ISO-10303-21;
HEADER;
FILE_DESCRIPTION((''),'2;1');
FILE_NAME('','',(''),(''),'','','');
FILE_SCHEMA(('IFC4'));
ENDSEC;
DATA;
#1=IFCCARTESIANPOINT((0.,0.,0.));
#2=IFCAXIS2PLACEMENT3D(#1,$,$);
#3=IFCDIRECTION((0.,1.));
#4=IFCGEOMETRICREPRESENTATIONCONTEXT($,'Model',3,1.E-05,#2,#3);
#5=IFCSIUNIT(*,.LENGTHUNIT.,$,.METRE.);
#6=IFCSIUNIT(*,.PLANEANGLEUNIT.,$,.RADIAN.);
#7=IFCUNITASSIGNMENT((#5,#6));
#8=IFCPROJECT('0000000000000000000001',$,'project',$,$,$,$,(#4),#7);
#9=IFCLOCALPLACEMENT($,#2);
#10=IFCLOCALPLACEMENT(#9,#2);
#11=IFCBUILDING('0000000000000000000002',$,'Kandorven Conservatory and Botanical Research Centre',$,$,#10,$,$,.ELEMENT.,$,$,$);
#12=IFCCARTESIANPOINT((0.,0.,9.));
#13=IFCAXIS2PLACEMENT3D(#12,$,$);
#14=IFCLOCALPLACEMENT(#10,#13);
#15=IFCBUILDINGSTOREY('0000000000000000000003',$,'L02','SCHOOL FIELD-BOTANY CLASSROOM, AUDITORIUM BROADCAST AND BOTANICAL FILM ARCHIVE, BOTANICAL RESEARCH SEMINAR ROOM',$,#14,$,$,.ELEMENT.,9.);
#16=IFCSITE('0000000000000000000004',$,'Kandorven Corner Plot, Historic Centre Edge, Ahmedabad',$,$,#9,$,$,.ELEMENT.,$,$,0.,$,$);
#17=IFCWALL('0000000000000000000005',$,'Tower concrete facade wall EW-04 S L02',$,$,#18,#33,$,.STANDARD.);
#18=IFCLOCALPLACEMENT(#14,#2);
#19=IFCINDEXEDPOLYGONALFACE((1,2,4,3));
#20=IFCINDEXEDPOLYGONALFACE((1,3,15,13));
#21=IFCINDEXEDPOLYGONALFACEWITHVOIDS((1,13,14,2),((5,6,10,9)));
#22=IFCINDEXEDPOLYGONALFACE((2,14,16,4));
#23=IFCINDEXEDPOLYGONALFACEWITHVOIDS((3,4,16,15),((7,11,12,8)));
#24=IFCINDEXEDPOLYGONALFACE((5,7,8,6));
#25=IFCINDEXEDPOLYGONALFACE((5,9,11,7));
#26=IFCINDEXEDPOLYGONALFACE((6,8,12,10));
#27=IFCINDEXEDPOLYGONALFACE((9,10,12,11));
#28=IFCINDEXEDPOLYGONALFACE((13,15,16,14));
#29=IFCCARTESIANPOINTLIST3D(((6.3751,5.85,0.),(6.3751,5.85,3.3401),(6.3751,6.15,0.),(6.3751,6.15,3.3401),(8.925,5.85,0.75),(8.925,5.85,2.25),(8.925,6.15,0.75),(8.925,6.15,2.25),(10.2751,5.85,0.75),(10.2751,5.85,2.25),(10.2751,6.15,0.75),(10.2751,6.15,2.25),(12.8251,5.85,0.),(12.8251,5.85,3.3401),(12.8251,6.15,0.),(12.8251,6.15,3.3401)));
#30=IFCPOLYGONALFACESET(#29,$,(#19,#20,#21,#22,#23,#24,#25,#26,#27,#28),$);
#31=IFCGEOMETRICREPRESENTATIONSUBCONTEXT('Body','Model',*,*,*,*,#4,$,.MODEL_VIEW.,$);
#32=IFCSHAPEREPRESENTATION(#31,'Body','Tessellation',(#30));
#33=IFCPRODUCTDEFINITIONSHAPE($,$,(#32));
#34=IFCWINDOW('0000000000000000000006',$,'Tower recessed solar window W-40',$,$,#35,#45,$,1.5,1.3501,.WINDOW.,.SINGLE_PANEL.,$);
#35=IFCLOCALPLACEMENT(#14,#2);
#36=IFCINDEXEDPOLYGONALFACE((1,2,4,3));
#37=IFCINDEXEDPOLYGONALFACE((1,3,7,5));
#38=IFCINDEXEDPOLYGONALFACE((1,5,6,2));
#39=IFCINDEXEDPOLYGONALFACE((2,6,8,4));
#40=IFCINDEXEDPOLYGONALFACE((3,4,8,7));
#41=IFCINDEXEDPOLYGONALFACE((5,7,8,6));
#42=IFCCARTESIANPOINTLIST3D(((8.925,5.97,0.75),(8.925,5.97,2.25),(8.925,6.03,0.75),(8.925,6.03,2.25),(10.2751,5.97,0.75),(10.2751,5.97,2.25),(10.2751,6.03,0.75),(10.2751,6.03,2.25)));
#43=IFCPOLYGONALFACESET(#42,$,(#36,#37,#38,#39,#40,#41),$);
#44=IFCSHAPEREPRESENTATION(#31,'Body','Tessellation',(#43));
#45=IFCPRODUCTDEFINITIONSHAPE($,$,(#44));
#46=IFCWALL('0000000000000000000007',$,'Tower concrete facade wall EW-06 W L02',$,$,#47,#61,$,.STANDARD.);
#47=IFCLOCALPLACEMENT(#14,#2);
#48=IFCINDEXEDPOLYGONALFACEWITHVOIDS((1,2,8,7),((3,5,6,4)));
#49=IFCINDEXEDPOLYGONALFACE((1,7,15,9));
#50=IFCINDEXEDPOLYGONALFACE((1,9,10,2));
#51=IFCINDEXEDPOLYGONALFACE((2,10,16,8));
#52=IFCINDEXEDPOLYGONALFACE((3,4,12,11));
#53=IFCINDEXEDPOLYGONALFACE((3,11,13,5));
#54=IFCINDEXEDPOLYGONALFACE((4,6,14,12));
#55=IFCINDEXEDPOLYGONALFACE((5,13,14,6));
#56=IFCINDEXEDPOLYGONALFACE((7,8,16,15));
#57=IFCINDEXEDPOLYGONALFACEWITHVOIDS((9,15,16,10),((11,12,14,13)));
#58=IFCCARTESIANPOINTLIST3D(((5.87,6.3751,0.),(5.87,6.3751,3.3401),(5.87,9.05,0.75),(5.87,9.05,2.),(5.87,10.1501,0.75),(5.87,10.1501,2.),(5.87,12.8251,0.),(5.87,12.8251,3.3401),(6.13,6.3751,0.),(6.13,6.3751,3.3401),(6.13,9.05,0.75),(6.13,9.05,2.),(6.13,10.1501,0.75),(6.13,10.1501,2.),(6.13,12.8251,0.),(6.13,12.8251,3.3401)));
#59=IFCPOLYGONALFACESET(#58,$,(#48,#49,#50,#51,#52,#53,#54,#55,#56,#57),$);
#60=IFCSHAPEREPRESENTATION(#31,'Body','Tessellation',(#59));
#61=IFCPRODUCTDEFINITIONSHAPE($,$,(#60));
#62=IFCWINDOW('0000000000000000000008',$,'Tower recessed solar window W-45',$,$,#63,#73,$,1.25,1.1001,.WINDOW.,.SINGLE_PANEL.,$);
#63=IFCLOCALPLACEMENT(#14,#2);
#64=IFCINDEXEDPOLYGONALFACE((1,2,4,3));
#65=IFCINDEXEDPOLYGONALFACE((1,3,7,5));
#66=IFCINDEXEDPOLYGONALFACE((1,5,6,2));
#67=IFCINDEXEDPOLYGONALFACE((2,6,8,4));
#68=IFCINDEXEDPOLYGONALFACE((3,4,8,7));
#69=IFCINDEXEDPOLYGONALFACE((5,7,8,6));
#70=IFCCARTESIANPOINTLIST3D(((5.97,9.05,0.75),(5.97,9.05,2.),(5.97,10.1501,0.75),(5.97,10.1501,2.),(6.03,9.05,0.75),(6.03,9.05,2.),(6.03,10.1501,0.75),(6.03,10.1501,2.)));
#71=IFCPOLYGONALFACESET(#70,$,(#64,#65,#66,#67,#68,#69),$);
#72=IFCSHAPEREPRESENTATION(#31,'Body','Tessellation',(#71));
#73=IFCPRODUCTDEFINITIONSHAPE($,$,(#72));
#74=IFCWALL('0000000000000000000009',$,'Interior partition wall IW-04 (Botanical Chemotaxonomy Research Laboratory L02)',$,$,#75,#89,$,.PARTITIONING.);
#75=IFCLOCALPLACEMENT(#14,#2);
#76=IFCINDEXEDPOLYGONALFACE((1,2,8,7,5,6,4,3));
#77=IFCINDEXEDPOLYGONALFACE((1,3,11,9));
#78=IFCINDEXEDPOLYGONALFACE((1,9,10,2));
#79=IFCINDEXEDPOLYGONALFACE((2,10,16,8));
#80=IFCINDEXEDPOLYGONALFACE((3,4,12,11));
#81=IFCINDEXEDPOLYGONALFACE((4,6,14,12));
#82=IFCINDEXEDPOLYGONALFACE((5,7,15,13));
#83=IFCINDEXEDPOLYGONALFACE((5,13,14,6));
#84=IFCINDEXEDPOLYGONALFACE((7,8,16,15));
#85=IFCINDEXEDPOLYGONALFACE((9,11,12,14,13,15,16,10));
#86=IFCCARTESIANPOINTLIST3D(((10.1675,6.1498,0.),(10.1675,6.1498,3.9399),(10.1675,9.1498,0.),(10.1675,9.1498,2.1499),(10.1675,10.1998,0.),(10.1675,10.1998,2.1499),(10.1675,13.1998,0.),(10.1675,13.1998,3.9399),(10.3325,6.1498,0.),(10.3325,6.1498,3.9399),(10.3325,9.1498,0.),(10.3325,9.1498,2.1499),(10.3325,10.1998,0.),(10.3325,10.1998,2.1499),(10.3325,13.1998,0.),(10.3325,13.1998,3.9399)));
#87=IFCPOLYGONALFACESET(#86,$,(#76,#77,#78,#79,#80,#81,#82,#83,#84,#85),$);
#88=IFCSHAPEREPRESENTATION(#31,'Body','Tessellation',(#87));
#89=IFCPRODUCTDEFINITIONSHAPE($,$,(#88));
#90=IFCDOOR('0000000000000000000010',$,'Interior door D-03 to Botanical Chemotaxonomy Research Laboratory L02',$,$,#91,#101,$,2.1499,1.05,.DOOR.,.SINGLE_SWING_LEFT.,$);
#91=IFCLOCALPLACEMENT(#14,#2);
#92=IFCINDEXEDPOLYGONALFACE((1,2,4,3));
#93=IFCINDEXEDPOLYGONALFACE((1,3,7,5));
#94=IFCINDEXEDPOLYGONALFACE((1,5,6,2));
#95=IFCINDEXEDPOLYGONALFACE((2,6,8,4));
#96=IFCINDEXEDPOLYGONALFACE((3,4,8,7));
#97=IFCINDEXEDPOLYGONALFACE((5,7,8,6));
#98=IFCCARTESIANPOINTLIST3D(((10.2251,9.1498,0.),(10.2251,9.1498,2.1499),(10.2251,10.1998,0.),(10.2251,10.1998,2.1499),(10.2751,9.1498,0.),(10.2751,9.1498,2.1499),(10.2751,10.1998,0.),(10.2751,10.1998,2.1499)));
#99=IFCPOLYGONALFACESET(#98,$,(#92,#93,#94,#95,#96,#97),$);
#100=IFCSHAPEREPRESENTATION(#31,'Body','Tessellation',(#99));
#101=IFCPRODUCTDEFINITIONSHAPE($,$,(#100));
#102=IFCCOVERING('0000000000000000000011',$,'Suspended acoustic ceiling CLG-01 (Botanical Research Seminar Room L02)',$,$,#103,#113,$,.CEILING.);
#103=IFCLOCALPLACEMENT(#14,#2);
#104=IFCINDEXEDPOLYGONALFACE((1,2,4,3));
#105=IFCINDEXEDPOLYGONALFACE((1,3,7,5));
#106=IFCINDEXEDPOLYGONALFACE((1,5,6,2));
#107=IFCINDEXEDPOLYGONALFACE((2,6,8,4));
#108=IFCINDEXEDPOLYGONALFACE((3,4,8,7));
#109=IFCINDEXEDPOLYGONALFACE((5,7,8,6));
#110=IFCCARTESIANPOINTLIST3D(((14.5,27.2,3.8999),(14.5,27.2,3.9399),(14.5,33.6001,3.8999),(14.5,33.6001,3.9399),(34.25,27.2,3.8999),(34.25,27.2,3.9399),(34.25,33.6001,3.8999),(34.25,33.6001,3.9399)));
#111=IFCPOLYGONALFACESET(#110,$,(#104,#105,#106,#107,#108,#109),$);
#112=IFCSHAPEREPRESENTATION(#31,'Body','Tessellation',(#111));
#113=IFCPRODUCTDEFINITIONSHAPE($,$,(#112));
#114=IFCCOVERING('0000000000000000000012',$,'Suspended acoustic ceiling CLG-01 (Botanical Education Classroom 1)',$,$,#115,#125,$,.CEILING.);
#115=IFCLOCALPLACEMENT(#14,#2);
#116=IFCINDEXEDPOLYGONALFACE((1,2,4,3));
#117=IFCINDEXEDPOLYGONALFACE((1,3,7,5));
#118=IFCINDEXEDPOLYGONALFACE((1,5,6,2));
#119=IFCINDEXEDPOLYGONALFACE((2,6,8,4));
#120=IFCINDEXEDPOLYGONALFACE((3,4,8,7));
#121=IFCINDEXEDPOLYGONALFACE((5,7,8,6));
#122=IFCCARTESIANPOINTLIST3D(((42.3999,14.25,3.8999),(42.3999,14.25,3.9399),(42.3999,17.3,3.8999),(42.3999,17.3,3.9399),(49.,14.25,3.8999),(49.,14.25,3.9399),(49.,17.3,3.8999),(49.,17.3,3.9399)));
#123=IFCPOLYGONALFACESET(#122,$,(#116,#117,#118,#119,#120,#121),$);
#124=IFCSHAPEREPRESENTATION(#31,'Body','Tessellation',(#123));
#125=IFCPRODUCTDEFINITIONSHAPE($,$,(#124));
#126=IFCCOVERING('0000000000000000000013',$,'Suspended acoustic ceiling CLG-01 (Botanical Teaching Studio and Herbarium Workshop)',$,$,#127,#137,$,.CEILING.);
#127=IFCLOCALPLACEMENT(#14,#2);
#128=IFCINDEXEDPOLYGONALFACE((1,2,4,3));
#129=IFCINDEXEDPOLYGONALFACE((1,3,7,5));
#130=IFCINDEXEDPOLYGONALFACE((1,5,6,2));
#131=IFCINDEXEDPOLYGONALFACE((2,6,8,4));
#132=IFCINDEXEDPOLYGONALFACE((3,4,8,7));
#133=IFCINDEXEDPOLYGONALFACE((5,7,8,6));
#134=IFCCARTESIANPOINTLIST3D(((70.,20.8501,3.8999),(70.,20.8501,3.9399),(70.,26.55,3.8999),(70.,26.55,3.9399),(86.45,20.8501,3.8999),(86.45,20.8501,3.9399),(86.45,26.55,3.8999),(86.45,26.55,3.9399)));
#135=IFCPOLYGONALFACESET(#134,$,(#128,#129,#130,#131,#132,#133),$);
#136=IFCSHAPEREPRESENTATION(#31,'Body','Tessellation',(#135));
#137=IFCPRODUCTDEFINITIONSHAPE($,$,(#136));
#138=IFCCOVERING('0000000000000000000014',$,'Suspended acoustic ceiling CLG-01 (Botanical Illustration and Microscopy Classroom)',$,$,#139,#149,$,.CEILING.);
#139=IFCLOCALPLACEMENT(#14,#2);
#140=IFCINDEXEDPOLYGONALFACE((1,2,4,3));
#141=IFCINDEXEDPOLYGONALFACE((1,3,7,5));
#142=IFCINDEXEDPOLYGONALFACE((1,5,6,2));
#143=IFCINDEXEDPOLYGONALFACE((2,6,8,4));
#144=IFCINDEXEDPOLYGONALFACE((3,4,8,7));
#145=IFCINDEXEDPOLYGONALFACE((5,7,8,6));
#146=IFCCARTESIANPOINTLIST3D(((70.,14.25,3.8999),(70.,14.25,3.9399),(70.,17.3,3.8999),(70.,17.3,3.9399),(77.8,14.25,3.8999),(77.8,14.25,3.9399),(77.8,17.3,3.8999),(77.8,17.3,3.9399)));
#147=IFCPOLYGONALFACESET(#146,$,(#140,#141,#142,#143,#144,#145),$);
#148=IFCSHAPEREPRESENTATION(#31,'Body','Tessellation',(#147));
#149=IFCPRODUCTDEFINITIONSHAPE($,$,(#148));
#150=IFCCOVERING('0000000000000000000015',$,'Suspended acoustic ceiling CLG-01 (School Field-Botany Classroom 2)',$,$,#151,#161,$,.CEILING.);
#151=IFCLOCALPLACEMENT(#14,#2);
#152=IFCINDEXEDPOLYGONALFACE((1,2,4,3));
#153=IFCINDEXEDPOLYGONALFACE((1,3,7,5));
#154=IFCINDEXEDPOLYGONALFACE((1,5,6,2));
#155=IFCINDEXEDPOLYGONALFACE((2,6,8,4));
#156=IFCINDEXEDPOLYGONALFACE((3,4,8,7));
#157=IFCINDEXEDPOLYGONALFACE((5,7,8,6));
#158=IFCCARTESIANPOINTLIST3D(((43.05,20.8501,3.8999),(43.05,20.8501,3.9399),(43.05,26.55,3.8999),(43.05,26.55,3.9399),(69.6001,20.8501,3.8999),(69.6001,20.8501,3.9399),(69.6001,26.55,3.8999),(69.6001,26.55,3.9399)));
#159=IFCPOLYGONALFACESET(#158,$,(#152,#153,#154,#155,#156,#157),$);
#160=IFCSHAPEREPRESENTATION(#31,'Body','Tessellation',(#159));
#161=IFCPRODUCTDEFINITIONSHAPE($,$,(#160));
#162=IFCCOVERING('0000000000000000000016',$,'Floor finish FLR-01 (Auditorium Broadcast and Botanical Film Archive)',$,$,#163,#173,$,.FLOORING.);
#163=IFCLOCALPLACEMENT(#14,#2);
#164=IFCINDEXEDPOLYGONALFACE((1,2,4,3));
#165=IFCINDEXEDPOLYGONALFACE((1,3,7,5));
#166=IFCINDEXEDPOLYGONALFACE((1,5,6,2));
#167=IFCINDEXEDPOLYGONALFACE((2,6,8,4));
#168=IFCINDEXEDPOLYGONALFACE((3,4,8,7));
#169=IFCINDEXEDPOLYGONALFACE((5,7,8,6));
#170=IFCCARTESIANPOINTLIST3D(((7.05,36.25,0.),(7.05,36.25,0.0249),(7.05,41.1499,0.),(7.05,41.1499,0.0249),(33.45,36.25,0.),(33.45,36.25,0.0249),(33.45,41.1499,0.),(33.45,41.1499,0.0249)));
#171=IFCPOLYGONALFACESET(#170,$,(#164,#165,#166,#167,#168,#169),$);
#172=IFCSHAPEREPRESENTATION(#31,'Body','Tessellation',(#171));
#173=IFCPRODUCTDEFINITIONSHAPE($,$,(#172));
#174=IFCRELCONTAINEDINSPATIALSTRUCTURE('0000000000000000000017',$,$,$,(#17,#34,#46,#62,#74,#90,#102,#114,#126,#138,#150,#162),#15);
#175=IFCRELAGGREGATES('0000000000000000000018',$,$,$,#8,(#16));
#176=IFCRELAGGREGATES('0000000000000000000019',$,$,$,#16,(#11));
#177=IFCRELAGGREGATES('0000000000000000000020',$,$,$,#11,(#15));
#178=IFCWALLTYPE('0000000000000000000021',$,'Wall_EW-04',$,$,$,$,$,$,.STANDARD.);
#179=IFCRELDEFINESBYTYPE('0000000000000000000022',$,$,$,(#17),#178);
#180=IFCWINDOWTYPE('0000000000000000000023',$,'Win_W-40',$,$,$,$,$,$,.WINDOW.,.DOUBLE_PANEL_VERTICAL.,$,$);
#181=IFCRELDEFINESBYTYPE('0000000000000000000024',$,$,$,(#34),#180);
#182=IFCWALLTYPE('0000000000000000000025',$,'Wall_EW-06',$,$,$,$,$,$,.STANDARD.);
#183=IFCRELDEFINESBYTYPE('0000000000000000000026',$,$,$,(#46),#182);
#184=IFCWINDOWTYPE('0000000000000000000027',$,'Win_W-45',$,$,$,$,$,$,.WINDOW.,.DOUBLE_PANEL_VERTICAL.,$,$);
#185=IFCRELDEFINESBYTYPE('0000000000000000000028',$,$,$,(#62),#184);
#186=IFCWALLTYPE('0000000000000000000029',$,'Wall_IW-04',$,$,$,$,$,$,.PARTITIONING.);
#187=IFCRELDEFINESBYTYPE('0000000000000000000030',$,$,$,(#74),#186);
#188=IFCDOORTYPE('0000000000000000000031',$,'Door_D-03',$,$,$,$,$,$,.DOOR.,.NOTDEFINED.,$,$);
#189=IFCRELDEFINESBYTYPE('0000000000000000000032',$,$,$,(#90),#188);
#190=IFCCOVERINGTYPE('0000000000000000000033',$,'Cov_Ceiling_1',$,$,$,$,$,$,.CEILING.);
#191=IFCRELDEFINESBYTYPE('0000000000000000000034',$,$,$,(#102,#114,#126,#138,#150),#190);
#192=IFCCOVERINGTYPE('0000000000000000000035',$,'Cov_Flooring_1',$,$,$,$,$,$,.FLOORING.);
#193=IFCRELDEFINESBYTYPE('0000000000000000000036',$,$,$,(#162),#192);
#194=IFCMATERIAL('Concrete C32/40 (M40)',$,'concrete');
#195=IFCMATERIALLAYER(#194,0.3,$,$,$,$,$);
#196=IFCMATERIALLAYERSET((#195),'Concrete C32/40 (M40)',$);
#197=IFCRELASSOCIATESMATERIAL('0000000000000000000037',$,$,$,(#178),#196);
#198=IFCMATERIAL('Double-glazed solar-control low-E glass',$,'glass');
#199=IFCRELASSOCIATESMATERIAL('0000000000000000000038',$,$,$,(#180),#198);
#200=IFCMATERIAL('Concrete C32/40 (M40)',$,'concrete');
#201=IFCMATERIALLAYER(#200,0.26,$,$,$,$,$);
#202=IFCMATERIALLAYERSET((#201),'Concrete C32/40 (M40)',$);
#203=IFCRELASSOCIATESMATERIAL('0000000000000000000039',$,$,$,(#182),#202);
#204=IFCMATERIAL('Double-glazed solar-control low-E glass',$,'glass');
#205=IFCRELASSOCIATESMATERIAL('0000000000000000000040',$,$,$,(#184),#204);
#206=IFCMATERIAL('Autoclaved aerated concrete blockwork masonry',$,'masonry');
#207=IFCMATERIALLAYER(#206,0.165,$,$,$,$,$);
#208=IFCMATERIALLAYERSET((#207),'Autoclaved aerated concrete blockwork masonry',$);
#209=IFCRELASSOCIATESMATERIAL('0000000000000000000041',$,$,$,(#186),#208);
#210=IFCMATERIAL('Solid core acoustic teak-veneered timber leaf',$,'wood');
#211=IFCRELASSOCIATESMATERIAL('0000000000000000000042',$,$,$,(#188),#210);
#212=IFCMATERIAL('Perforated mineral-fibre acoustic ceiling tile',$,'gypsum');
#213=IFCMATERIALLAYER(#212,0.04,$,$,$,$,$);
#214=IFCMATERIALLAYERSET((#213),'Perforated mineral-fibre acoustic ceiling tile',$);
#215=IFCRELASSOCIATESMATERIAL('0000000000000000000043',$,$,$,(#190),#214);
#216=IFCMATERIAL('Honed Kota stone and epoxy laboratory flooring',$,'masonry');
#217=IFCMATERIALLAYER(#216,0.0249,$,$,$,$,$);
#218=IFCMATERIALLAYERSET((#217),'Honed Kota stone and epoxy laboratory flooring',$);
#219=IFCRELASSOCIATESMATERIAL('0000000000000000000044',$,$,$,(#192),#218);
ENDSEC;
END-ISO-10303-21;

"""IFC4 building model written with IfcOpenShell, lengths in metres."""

from ifc_helpers import new_model, si_unit, direction, frame, frame_2d, origin, place, context, subcontext, project, spatial, polyline, rectangle, outline, extrude, material, layer, layer_set, type_object, element, fill, save


model = new_model("IFC4")

# Units and contexts
model_context = context("Model", 3, precision=1e-05, world=origin(), true_north=direction((0.0, 1.0)))
body_context = subcontext(model_context, "Body", "Model", "MODEL_VIEW")
ifc_project = project(units=[si_unit("LENGTHUNIT", "METRE"), si_unit("PLANEANGLEUNIT", "RADIAN")], contexts=[model_context])

# Site, building, storey
site_placement = place(None, origin())
site = spatial("IfcSite", under=ifc_project, at=site_placement, Name="Kandorven Corner Plot, Historic Centre Edge, Ahmedabad", CompositionType="ELEMENT", RefElevation=0.0)
building_placement = place(site_placement, origin())
building = spatial("IfcBuilding", under=site, at=building_placement, Name="Kandorven Conservatory and Botanical Research Centre", CompositionType="ELEMENT")
storey_placement = place(building_placement, frame((0.0, 0.0, 9.0)))
storey = spatial("IfcBuildingStorey", under=building, at=storey_placement, Name="L02", Description="SCHOOL FIELD-BOTANY CLASSROOM, AUDITORIUM BROADCAST AND BOTANICAL FILM ARCHIVE, BOTANICAL RESEARCH SEMINAR ROOM", CompositionType="ELEMENT", Elevation=9.0)

# Walls, openings, windows
ifc_material_1 = material(Name="Concrete C32/40 (M40)", Category="concrete")
ifc_layer_1 = layer(ifc_material_1, 0.3)
ifc_layer_set_1 = layer_set([ifc_layer_1], Name="Concrete C32/40 (M40)")
wall_type_1 = type_object("IfcWallType", Name="Wall_EW-04", PredefinedType="STANDARD", material=ifc_layer_set_1)
wall_1_placement = place(storey_placement, frame((6.375, 6.0, 0.0), z_axis=(0.0, 0.0, 1.0), x_axis=(1.0, 0.0, 0.0)))
wall_1 = element("IfcWall", 1, at=wall_1_placement, inside=storey, type_object=wall_type_1, Name="Tower concrete facade wall EW-04 S L02", PredefinedType="STANDARD", context=body_context, shape_type="SweptSolid", body=[
    extrude(rectangle(XDim=6.45, YDim=0.3, at=frame_2d((3.2251, 0.0))), origin(), (0.0, 0.0, 1.0), 3.3401),
])
opening_1_placement = place(wall_1_placement, frame((2.55, 0.0, 0.75)))
opening_1 = element("IfcOpeningElement", 2, at=opening_1_placement, cuts=wall_1, PredefinedType="OPENING", context=body_context, shape_type="SweptSolid", body=[
    extrude(rectangle(XDim=1.3501, YDim=1.5, at=frame_2d((0.675, 0.75))), frame((0.0, 0.1599, 0.0), z_axis=(0.0, -1.0, 0.0), x_axis=(1.0, 0.0, 0.0)), (0.0, 0.0, 1.0), 0.3201),
])
ifc_material_2 = material(Name="Double-glazed solar-control low-E glass", Category="glass")
window_type_1 = type_object("IfcWindowType", Name="Win_W-40", PartitioningType="DOUBLE_PANEL_VERTICAL", PredefinedType="WINDOW", material=ifc_material_2)
window_1_placement = place(opening_1_placement, origin())
window_1 = element("IfcWindow", 3, at=window_1_placement, inside=storey, type_object=window_type_1, Name="Tower recessed solar window W-40", OverallHeight=1.5, OverallWidth=1.3501, PartitioningType="SINGLE_PANEL", PredefinedType="WINDOW", context=body_context, shape_type="SweptSolid", body=[
    extrude(rectangle(XDim=1.3501, YDim=1.5, at=frame_2d((0.675, 0.75))), frame((0.0, 0.03, 0.0), z_axis=(0.0, -1.0, 0.0), x_axis=(1.0, 0.0, 0.0)), (0.0, 0.0, 1.0), 0.0601),
])
fill(opening_1, window_1)
ifc_material_3 = material(Name="Concrete C32/40 (M40)", Category="concrete")
ifc_layer_2 = layer(ifc_material_3, 0.26)
ifc_layer_set_2 = layer_set([ifc_layer_2], Name="Concrete C32/40 (M40)")
wall_type_2 = type_object("IfcWallType", Name="Wall_EW-06", PredefinedType="STANDARD", material=ifc_layer_set_2)
wall_2_placement = place(storey_placement, frame((6.0, 6.375, 0.0), z_axis=(0.0, 0.0, 1.0), x_axis=(0.0, 1.0, 0.0)))
wall_2 = element("IfcWall", 4, at=wall_2_placement, inside=storey, type_object=wall_type_2, Name="Tower concrete facade wall EW-06 W L02", PredefinedType="STANDARD", context=body_context, shape_type="SweptSolid", body=[
    extrude(rectangle(XDim=6.45, YDim=0.26, at=frame_2d((3.2251, 0.0))), origin(), (0.0, 0.0, 1.0), 3.3401),
])
opening_2_placement = place(wall_2_placement, frame((2.675, 0.0, 0.75)))
opening_2 = element("IfcOpeningElement", 5, at=opening_2_placement, cuts=wall_2, PredefinedType="OPENING", context=body_context, shape_type="SweptSolid", body=[
    extrude(rectangle(XDim=1.1001, YDim=1.25, at=frame_2d((0.55, 0.625))), frame((0.0, 0.1399, 0.0), z_axis=(0.0, -1.0, 0.0), x_axis=(1.0, 0.0, 0.0)), (0.0, 0.0, 1.0), 0.28),
])
ifc_material_4 = material(Name="Double-glazed solar-control low-E glass", Category="glass")
window_type_2 = type_object("IfcWindowType", Name="Win_W-45", PartitioningType="DOUBLE_PANEL_VERTICAL", PredefinedType="WINDOW", material=ifc_material_4)
window_2_placement = place(opening_2_placement, origin())
window_2 = element("IfcWindow", 6, at=window_2_placement, inside=storey, type_object=window_type_2, Name="Tower recessed solar window W-45", OverallHeight=1.25, OverallWidth=1.1001, PartitioningType="SINGLE_PANEL", PredefinedType="WINDOW", context=body_context, shape_type="SweptSolid", body=[
    extrude(rectangle(XDim=1.1001, YDim=1.25, at=frame_2d((0.55, 0.625))), frame((0.0, 0.03, 0.0), z_axis=(0.0, -1.0, 0.0), x_axis=(1.0, 0.0, 0.0)), (0.0, 0.0, 1.0), 0.0601),
])
fill(opening_2, window_2)

# Wall, opening, door
ifc_material_5 = material(Name="Autoclaved aerated concrete blockwork masonry", Category="masonry")
ifc_layer_3 = layer(ifc_material_5, 0.165)
ifc_layer_set_3 = layer_set([ifc_layer_3], Name="Autoclaved aerated concrete blockwork masonry")
wall_type_3 = type_object("IfcWallType", Name="Wall_IW-04", PredefinedType="PARTITIONING", material=ifc_layer_set_3)
wall_3_placement = place(storey_placement, frame((10.25, 6.1499, 0.0), z_axis=(0.0, 0.0, 1.0), x_axis=(0.0, 1.0, 0.0)))
wall_3 = element("IfcWall", 7, at=wall_3_placement, inside=storey, type_object=wall_type_3, Name="Interior partition wall IW-04 (Botanical Chemotaxonomy Research Laboratory L02)", PredefinedType="PARTITIONING", context=body_context, shape_type="SweptSolid", body=[
    extrude(rectangle(XDim=7.05, YDim=0.165, at=frame_2d((3.5249, 0.0))), origin(), (0.0, 0.0, 1.0), 3.9399),
])
opening_3_placement = place(wall_3_placement, frame((3.0, 0.0, 0.0)))
opening_3 = element("IfcOpeningElement", 8, at=opening_3_placement, cuts=wall_3, PredefinedType="OPENING", context=body_context, shape_type="SweptSolid", body=[
    extrude(rectangle(XDim=1.05, YDim=2.1499, at=frame_2d((0.5249, 1.075))), frame((0.0, 0.0925, 0.0), z_axis=(0.0, -1.0, 0.0), x_axis=(1.0, 0.0, 0.0)), (0.0, 0.0, 1.0), 0.1851),
])
ifc_material_6 = material(Name="Solid core acoustic teak-veneered timber leaf", Category="wood")
door_type = type_object("IfcDoorType", Name="Door_D-03", OperationType="NOTDEFINED", PredefinedType="DOOR", material=ifc_material_6)
door_placement = place(opening_3_placement, origin())
door = element("IfcDoor", 9, at=door_placement, inside=storey, type_object=door_type, Name="Interior door D-03 to Botanical Chemotaxonomy Research Laboratory L02", OperationType="SINGLE_SWING_LEFT", OverallHeight=2.1499, OverallWidth=1.05, PredefinedType="DOOR", context=body_context, shape_type="SweptSolid", body=[
    extrude(rectangle(XDim=1.05, YDim=2.1499, at=frame_2d((0.5249, 1.075))), frame((0.0, 0.0249, 0.0), z_axis=(0.0, -1.0, 0.0), x_axis=(1.0, 0.0, 0.0)), (0.0, 0.0, 1.0), 0.05),
])
fill(opening_3, door)

# Coverings
ifc_material_7 = material(Name="Perforated mineral-fibre acoustic ceiling tile", Category="gypsum")
ifc_layer_4 = layer(ifc_material_7, 0.04)
ifc_layer_set_4 = layer_set([ifc_layer_4], Name="Perforated mineral-fibre acoustic ceiling tile")
covering_type_1 = type_object("IfcCoveringType", Name="Cov_Ceiling_1", PredefinedType="CEILING", material=ifc_layer_set_4)
covering_1_placement = place(storey_placement, frame((0.0, 0.0, 3.8999)))
element("IfcCovering", 10, at=covering_1_placement, inside=storey, type_object=covering_type_1, Name="Suspended acoustic ceiling CLG-01 (Botanical Research Seminar Room L02)", PredefinedType="CEILING", context=body_context, shape_type="SweptSolid", body=[
    extrude(outline(polyline([(14.5, 27.2), (34.25, 27.2), (34.25, 33.6001), (14.5, 33.6001), (14.5, 27.2)])), origin(), (0.0, 0.0, 1.0), 0.04),
])
covering_2_placement = place(storey_placement, frame((0.0, 0.0, 3.8999)))
element("IfcCovering", 11, at=covering_2_placement, inside=storey, type_object=covering_type_1, Name="Suspended acoustic ceiling CLG-01 (Botanical Education Classroom 1)", PredefinedType="CEILING", context=body_context, shape_type="SweptSolid", body=[
    extrude(outline(polyline([(42.3999, 14.25), (49.0, 14.25), (49.0, 17.3), (42.3999, 17.3), (42.3999, 14.25)])), origin(), (0.0, 0.0, 1.0), 0.04),
])
covering_3_placement = place(storey_placement, frame((0.0, 0.0, 3.8999)))
element("IfcCovering", 12, at=covering_3_placement, inside=storey, type_object=covering_type_1, Name="Suspended acoustic ceiling CLG-01 (Botanical Teaching Studio and Herbarium Workshop)", PredefinedType="CEILING", context=body_context, shape_type="SweptSolid", body=[
    extrude(outline(polyline([(70.0, 20.8501), (86.45, 20.8501), (86.45, 26.55), (70.0, 26.55), (70.0, 20.8501)])), origin(), (0.0, 0.0, 1.0), 0.04),
])
covering_4_placement = place(storey_placement, frame((0.0, 0.0, 3.8999)))
element("IfcCovering", 13, at=covering_4_placement, inside=storey, type_object=covering_type_1, Name="Suspended acoustic ceiling CLG-01 (Botanical Illustration and Microscopy Classroom)", PredefinedType="CEILING", context=body_context, shape_type="SweptSolid", body=[
    extrude(outline(polyline([(70.0, 14.25), (77.8, 14.25), (77.8, 17.3), (70.0, 17.3), (70.0, 14.25)])), origin(), (0.0, 0.0, 1.0), 0.04),
])
covering_5_placement = place(storey_placement, frame((0.0, 0.0, 3.8999)))
element("IfcCovering", 14, at=covering_5_placement, inside=storey, type_object=covering_type_1, Name="Suspended acoustic ceiling CLG-01 (School Field-Botany Classroom 2)", PredefinedType="CEILING", context=body_context, shape_type="SweptSolid", body=[
    extrude(outline(polyline([(43.05, 20.8501), (69.6001, 20.8501), (69.6001, 26.55), (43.05, 26.55), (43.05, 20.8501)])), origin(), (0.0, 0.0, 1.0), 0.04),
])
ifc_material_8 = material(Name="Honed Kota stone and epoxy laboratory flooring", Category="masonry")
ifc_layer_5 = layer(ifc_material_8, 0.0249)
ifc_layer_set_5 = layer_set([ifc_layer_5], Name="Honed Kota stone and epoxy laboratory flooring")
covering_type_2 = type_object("IfcCoveringType", Name="Cov_Flooring_1", PredefinedType="FLOORING", material=ifc_layer_set_5)
covering_6_placement = place(storey_placement, origin())
element("IfcCovering", 15, at=covering_6_placement, inside=storey, type_object=covering_type_2, Name="Floor finish FLR-01 (Auditorium Broadcast and Botanical Film Archive)", PredefinedType="FLOORING", context=body_context, shape_type="SweptSolid", body=[
    extrude(outline(polyline([(7.05, 36.25), (33.45, 36.25), (33.45, 41.1499), (7.05, 41.1499), (7.05, 36.25)])), origin(), (0.0, 0.0, 1.0), 0.0249),
])

save(model, "model.ifc")
